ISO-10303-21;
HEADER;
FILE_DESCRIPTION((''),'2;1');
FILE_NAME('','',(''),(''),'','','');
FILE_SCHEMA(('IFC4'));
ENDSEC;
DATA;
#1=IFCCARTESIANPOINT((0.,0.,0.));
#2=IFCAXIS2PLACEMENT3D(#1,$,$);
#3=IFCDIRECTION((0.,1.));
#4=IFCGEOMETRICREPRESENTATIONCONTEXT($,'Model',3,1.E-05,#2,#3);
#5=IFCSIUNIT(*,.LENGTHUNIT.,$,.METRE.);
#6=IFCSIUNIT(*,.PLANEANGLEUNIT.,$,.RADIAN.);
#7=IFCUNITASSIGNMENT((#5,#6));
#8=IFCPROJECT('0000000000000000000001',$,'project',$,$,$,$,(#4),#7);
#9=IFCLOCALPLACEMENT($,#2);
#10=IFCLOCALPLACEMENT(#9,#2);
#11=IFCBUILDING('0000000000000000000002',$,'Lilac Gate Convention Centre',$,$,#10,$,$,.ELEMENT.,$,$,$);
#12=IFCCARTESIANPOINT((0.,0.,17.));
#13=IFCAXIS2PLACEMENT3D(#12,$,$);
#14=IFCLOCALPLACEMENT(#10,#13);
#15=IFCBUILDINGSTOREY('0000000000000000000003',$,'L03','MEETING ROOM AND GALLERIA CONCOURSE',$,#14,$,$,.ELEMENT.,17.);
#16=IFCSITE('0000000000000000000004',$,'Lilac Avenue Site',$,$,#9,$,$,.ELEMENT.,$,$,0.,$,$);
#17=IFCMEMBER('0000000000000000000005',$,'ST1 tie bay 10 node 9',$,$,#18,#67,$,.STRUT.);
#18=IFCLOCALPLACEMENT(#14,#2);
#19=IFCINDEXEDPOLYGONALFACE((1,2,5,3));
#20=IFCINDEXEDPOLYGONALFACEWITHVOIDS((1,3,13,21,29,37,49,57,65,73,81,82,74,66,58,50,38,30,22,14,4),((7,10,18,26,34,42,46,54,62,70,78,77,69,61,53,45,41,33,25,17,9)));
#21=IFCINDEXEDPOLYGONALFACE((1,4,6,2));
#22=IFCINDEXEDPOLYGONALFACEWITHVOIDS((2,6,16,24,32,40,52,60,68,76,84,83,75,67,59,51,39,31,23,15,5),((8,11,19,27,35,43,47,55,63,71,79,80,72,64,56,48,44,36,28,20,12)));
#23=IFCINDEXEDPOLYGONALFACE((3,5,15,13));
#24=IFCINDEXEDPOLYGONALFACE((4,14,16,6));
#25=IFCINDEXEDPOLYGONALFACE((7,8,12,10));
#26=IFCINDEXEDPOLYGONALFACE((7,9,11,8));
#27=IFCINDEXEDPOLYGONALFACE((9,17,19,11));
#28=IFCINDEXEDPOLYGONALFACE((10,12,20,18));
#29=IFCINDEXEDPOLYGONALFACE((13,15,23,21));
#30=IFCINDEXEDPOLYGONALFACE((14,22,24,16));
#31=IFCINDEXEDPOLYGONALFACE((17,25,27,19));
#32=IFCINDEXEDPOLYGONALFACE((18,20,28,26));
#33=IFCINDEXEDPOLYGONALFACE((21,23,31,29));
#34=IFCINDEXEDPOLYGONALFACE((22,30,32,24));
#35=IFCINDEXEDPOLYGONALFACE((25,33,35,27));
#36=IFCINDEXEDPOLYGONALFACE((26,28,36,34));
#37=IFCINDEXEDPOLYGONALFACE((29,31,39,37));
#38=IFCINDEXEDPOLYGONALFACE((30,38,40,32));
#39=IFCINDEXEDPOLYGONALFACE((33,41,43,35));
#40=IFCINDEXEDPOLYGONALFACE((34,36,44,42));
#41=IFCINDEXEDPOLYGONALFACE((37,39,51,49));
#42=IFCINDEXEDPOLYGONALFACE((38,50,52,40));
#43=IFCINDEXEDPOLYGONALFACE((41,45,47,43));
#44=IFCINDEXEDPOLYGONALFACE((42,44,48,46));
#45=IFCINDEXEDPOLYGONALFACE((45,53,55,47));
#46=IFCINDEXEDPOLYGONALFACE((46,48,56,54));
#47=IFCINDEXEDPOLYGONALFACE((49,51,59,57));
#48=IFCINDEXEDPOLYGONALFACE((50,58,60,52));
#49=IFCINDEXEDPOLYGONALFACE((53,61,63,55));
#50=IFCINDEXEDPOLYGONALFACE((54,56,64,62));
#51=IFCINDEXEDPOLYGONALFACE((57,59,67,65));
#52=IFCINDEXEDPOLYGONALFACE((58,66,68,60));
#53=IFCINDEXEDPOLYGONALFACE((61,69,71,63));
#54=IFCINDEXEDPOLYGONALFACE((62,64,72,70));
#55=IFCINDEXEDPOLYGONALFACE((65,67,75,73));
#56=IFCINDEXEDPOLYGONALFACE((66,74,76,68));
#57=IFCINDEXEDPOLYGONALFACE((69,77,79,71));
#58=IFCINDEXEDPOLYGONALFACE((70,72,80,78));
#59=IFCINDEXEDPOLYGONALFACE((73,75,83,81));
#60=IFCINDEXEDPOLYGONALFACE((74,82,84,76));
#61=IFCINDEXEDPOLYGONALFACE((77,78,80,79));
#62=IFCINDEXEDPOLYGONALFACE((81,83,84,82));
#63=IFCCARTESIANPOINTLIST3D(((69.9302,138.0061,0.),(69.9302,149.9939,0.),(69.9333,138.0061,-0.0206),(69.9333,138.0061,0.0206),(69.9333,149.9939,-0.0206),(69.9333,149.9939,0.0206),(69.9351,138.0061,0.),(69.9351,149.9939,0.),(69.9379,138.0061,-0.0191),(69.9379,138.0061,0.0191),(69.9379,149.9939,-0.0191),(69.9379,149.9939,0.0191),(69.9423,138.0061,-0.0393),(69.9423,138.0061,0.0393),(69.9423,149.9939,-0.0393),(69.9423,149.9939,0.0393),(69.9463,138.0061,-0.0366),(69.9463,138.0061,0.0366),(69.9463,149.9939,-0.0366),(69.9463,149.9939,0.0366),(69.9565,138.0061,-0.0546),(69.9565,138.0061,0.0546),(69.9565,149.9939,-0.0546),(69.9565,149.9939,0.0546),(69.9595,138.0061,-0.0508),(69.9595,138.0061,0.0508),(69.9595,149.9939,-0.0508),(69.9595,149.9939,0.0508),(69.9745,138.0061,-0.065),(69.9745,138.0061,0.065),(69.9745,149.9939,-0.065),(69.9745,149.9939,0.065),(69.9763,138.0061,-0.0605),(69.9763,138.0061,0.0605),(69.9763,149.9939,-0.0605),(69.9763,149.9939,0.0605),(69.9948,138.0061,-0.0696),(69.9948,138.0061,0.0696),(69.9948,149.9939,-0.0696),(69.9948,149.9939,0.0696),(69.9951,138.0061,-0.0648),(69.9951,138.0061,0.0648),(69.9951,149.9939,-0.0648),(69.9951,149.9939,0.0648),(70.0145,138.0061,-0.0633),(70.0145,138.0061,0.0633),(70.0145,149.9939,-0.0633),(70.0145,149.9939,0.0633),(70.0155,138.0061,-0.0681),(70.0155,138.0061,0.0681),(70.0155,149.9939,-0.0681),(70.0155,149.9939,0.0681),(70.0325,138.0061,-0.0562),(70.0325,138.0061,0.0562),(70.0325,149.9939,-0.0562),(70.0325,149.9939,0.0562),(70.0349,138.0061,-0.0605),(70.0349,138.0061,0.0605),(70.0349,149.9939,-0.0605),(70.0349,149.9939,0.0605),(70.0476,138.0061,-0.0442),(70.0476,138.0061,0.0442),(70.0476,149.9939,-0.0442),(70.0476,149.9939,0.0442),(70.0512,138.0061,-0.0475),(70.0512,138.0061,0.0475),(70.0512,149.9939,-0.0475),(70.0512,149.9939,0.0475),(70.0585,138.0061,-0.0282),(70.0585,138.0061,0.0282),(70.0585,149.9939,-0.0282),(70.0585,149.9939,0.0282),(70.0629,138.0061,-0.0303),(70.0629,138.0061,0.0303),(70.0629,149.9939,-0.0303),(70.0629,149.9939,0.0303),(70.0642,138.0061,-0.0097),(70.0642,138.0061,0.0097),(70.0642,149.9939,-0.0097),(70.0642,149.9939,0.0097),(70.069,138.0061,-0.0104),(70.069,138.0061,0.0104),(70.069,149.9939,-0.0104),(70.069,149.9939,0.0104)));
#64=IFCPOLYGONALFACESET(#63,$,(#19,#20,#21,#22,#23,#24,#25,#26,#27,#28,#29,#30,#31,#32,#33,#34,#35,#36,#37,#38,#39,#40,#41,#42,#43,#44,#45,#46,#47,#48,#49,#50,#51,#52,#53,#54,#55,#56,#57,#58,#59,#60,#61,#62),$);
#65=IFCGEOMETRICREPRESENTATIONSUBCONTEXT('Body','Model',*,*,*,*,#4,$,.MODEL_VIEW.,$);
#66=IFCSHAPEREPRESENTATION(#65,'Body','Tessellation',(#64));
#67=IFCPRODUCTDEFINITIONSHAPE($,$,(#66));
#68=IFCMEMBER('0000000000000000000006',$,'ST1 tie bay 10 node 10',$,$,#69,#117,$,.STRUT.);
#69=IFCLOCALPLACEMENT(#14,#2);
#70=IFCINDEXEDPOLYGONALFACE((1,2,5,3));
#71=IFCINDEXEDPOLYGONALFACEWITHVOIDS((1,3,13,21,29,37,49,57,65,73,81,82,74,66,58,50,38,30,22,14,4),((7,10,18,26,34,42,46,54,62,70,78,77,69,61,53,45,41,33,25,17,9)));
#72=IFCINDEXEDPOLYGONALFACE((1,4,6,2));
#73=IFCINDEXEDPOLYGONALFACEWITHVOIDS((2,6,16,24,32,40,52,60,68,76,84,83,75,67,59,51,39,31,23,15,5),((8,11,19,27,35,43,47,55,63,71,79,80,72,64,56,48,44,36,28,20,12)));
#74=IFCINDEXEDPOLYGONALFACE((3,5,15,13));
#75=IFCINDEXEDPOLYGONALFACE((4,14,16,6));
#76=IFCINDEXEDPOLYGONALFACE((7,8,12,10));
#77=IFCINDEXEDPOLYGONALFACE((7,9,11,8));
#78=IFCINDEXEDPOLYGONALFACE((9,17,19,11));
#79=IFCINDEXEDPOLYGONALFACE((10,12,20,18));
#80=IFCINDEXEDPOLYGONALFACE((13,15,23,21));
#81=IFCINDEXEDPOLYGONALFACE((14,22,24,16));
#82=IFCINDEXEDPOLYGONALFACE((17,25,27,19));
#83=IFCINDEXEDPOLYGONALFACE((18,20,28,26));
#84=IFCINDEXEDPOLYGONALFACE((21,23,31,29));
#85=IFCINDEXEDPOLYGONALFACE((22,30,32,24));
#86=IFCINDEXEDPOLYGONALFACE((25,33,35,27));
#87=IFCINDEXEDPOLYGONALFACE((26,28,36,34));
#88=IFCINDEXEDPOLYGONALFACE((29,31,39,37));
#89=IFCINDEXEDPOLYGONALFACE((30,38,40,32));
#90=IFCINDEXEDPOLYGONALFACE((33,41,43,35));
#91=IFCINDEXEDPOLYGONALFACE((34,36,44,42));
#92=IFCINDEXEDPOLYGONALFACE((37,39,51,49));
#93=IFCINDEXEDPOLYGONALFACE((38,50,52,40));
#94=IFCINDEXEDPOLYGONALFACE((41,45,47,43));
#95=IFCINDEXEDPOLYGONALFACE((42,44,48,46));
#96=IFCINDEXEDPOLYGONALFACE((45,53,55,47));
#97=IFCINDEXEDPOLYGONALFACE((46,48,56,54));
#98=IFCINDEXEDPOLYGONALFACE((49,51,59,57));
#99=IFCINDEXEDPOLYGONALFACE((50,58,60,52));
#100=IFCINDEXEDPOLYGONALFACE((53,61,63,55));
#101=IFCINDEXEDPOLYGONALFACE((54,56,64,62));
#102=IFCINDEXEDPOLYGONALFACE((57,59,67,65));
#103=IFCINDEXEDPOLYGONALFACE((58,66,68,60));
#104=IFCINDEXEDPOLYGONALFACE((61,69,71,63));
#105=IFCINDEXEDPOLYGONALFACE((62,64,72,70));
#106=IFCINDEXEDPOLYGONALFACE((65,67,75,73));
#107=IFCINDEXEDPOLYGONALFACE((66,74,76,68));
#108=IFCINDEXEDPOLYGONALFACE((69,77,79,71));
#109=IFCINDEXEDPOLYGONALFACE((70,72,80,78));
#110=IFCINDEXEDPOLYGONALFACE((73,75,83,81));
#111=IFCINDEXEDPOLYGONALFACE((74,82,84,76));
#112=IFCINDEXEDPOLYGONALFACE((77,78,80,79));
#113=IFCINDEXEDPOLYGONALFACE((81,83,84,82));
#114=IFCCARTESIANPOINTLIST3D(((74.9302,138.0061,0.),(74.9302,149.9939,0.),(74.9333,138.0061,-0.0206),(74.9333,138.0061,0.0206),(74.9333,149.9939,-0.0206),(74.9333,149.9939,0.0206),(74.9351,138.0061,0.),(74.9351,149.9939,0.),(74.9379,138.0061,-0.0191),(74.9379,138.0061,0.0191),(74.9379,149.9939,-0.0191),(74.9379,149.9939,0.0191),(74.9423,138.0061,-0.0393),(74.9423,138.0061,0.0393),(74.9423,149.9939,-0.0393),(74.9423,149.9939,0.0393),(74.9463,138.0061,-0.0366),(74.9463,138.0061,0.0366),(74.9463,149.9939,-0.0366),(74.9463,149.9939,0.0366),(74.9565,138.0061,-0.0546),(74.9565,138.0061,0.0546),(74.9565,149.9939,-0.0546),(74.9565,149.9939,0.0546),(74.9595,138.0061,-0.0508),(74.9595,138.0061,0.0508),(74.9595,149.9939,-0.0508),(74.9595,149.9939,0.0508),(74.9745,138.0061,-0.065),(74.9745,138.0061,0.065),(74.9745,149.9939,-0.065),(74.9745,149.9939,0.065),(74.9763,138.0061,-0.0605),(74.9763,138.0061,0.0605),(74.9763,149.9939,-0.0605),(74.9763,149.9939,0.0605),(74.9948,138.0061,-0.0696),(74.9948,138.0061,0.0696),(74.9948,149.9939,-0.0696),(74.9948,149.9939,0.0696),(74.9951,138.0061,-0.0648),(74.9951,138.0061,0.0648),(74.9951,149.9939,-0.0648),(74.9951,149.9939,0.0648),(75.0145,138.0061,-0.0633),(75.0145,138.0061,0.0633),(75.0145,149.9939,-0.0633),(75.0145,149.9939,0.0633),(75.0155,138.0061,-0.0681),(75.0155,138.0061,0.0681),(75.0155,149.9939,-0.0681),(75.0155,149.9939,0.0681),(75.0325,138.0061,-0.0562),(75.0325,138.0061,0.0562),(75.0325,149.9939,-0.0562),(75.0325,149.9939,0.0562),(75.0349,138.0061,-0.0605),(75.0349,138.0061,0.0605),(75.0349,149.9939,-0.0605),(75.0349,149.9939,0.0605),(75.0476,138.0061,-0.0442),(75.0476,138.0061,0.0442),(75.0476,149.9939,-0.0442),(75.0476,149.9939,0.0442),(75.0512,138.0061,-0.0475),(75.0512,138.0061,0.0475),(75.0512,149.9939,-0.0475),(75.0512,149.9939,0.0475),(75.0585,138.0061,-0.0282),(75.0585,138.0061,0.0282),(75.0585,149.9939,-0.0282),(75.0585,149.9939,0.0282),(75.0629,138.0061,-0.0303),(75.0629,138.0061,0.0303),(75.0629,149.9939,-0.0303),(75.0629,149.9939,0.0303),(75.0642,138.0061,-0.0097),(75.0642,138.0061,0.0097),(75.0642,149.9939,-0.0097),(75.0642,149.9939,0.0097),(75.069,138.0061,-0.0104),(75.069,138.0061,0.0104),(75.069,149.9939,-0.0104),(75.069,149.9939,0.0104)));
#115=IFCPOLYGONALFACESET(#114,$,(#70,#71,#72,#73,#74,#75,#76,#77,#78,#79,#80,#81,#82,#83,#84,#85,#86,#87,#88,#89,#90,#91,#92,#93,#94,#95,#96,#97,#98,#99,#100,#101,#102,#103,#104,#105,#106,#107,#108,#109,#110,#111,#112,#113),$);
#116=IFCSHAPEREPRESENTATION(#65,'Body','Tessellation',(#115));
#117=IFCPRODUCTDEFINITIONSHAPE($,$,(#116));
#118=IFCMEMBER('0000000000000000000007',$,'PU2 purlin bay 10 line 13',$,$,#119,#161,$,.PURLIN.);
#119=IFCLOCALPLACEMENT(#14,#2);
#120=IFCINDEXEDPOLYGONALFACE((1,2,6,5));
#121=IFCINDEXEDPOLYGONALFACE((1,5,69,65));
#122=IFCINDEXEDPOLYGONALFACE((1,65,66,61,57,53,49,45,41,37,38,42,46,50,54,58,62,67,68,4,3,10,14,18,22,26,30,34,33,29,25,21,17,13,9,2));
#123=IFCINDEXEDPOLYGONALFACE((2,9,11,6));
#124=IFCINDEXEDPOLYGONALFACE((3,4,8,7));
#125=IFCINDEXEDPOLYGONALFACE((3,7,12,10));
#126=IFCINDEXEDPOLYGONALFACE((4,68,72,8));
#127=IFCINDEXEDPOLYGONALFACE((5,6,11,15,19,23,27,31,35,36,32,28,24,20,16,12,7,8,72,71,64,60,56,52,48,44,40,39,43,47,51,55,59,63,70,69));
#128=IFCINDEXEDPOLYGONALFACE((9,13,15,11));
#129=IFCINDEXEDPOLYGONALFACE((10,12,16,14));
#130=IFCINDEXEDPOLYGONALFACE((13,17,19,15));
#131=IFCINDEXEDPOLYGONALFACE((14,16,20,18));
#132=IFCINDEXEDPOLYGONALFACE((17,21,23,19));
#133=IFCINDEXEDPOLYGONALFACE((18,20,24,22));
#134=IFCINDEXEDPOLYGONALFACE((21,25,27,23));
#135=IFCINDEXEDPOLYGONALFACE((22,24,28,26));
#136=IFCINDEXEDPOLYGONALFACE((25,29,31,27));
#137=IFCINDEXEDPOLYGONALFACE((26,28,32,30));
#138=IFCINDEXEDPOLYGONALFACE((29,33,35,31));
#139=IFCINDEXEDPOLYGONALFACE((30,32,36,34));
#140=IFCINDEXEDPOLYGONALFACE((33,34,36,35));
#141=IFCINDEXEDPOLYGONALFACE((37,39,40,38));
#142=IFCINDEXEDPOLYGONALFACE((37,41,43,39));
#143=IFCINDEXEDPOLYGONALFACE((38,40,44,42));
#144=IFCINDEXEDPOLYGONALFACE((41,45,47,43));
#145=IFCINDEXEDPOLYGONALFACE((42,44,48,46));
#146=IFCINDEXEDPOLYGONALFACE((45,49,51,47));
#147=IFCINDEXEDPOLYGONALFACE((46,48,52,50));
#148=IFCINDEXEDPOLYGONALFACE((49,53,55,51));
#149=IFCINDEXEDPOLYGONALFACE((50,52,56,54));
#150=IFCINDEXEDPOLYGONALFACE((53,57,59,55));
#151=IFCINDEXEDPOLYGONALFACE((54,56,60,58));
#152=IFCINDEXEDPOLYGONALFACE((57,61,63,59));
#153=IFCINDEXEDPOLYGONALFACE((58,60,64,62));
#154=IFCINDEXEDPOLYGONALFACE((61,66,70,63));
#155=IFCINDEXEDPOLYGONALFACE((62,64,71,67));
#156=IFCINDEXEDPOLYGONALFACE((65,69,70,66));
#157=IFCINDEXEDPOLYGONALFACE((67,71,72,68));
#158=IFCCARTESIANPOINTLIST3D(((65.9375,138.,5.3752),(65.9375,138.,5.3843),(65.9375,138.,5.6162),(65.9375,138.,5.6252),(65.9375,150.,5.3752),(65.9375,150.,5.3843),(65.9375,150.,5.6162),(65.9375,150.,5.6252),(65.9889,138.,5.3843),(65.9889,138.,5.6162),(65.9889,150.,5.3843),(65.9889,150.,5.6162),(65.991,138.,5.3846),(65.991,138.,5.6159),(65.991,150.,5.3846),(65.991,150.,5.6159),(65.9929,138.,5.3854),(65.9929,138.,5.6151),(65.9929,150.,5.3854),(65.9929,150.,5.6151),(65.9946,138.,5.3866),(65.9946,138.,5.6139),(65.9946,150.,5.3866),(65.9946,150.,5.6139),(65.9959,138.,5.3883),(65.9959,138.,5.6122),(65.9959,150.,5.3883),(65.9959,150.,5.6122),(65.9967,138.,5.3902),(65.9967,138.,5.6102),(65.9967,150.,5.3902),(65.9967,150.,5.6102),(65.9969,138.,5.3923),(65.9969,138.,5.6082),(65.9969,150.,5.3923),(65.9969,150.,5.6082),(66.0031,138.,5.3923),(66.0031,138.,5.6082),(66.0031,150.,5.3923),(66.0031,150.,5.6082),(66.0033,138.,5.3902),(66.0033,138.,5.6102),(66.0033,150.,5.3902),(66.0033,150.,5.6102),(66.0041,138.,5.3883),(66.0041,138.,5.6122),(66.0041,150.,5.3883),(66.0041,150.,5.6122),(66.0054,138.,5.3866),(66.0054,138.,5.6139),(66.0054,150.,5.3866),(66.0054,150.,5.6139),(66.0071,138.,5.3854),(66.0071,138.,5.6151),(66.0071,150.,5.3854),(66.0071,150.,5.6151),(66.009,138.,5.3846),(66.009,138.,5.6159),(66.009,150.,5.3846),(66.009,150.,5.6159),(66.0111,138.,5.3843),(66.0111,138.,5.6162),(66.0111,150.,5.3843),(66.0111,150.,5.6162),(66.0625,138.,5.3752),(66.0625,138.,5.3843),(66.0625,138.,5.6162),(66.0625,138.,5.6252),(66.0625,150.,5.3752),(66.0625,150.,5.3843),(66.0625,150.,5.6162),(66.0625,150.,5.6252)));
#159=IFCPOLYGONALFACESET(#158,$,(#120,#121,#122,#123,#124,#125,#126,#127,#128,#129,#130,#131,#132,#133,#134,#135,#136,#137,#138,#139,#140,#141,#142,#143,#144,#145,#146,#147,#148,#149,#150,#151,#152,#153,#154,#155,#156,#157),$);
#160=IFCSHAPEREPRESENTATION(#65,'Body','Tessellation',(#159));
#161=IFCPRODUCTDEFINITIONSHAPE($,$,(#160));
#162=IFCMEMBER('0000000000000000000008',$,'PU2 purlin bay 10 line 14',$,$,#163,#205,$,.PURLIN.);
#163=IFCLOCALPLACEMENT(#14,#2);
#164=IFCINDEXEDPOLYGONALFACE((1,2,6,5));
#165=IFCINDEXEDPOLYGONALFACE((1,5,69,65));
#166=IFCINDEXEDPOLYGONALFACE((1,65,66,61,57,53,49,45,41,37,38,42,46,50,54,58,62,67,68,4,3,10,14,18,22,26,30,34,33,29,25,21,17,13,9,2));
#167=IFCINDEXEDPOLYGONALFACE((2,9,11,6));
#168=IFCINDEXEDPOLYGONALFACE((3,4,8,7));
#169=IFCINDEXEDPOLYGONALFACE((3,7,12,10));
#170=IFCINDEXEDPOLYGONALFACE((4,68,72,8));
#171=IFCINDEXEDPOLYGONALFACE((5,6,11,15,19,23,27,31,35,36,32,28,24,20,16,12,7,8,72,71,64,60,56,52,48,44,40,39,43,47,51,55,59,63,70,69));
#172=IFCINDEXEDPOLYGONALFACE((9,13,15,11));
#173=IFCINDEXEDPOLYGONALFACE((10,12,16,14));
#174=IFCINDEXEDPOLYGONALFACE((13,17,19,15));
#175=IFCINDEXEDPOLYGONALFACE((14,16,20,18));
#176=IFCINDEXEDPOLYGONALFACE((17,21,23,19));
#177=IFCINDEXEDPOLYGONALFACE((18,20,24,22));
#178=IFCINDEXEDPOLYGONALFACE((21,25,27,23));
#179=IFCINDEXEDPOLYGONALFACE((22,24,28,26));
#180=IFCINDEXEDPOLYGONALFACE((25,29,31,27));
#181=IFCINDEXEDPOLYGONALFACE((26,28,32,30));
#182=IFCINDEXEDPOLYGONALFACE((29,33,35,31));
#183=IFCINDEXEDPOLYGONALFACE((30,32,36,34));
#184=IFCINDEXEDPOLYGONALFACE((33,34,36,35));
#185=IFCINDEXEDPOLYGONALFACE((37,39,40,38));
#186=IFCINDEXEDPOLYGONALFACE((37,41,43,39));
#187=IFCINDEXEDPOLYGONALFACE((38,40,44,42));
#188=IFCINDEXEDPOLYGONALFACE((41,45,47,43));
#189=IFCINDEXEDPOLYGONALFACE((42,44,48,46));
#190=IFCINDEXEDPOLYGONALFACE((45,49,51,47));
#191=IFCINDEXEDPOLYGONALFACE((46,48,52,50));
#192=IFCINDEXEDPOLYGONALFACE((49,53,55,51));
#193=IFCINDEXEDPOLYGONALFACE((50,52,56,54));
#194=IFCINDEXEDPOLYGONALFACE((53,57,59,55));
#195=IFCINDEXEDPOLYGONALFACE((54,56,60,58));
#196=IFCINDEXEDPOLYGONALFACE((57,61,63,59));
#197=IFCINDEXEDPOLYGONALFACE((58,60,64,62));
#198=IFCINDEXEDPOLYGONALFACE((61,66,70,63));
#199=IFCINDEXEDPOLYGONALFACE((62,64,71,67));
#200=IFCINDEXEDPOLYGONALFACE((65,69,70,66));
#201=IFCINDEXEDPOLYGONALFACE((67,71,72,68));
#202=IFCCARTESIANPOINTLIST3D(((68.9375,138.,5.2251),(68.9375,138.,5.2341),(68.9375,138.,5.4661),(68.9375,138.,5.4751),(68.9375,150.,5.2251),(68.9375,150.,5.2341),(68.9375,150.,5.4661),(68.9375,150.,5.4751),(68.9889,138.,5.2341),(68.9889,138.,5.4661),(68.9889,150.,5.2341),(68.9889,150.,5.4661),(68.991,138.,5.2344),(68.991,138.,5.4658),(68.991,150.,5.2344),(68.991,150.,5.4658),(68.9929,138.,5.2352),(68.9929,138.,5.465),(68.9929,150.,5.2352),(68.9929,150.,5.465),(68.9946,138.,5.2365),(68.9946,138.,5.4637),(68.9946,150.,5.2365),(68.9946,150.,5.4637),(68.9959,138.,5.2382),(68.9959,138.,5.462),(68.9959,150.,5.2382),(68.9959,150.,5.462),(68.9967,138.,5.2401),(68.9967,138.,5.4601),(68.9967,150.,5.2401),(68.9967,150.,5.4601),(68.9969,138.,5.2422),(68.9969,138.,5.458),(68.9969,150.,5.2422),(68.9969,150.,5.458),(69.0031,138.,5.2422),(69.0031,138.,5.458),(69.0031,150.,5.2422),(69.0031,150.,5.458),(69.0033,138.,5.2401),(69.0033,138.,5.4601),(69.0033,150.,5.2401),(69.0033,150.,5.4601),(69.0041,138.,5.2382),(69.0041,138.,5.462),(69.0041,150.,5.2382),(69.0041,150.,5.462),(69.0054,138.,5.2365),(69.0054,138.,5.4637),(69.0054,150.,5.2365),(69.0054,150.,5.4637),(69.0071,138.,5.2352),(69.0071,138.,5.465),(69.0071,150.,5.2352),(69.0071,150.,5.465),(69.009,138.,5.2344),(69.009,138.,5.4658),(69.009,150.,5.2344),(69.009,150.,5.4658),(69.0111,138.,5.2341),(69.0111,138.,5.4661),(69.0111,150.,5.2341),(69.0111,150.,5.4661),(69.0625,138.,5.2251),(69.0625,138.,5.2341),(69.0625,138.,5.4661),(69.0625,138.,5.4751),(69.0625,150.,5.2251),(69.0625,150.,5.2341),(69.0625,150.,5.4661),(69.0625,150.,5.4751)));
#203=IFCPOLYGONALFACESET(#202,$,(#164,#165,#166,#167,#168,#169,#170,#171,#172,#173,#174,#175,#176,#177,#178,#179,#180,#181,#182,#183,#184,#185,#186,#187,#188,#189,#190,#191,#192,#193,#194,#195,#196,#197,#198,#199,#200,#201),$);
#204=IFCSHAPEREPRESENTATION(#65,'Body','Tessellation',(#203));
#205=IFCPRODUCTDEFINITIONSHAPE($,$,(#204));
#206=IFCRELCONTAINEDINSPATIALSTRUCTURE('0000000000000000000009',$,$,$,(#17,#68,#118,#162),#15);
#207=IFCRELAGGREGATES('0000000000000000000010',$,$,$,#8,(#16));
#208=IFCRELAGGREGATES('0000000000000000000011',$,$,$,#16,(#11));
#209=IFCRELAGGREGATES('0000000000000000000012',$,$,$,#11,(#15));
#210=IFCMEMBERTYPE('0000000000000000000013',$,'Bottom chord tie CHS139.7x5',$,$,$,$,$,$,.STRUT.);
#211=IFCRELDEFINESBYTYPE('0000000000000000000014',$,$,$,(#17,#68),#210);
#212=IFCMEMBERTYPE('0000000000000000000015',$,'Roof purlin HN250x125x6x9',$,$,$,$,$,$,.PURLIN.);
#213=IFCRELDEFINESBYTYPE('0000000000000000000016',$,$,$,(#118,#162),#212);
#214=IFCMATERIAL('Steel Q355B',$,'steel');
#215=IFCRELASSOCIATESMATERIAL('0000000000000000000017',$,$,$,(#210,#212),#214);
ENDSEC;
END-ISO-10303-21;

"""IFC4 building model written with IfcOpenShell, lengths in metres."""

from ifc_helpers import new_model, si_unit, direction, frame, origin, origin_2d, place, context, subcontext, project, spatial, hollow_circle, i_section, extrude, material, material_profile, profile_set, type_object, element, save


model = new_model("IFC4")

# Units and contexts
model_context = context("Model", 3, precision=1e-05, world=origin(), true_north=direction((0.0, 1.0)))
body_context = subcontext(model_context, "Body", "Model", "MODEL_VIEW")
ifc_project = project(units=[si_unit("LENGTHUNIT", "METRE"), si_unit("PLANEANGLEUNIT", "RADIAN")], contexts=[model_context])

# Site, building, storey
site_placement = place(None, origin())
site = spatial("IfcSite", under=ifc_project, at=site_placement, Name="Lilac Avenue Site", CompositionType="ELEMENT", RefElevation=0.0)
building_placement = place(site_placement, origin())
building = spatial("IfcBuilding", under=site, at=building_placement, Name="Lilac Gate Convention Centre", CompositionType="ELEMENT")
storey_placement = place(building_placement, frame((0.0, 0.0, 17.0)))
storey = spatial("IfcBuildingStorey", under=building, at=storey_placement, Name="L03", Description="MEETING ROOM AND GALLERIA CONCOURSE", CompositionType="ELEMENT", Elevation=17.0)

# Members
ifc_material = material(Name="Steel Q355B", Category="steel")
ifc_material_profile_1 = material_profile(ifc_material, hollow_circle(Radius=0.0698, WallThickness=0.0049, at=origin_2d()), Name="CHS139.7x5")
ifc_profile_set_1 = profile_set([ifc_material_profile_1], Name="Steel Q355B")
member_type_1 = type_object("IfcMemberType", Name="Bottom chord tie CHS139.7x5", PredefinedType="STRUT", material=ifc_profile_set_1)
for number, where, z_axis, x_axis, name in (
    (1, (70.0, 138.0061, 0.0), (0.0, 1.0, 0.0), (-1.0, 0.0, 0.0), "ST1 tie bay 10 node 9"),
    (2, (75.0, 138.0061, 0.0), (0.0, 1.0, 0.0), (-1.0, 0.0, 0.0), "ST1 tie bay 10 node 10"),
):
    element("IfcMember", number, at=place(storey_placement, frame(where, z_axis=z_axis, x_axis=x_axis)), inside=storey, type_object=member_type_1, Name=name, PredefinedType="STRUT", context=body_context, shape_type="SweptSolid", body=[
        extrude(hollow_circle(Radius=0.0698, WallThickness=0.0049, at=origin_2d()), origin(), (0.0, 0.0, 1.0), 11.9878),
    ])
ifc_material_profile_2 = material_profile(ifc_material, i_section(OverallWidth=0.125, OverallDepth=0.25, WebThickness=0.0061, FlangeThickness=0.009, FilletRadius=0.0081, at=origin_2d()), Name="HN250x125x6x9")
ifc_profile_set_2 = profile_set([ifc_material_profile_2], Name="Steel Q355B")
member_type_2 = type_object("IfcMemberType", Name="Roof purlin HN250x125x6x9", PredefinedType="PURLIN", material=ifc_profile_set_2)
for number, where, z_axis, x_axis, name in (
    (3, (66.0, 138.0, 5.5002), (0.0, 1.0, 0.0), (-1.0, 0.0, 0.0), "PU2 purlin bay 10 line 13"),
    (4, (69.0, 138.0, 5.3501), (0.0, 1.0, 0.0), (-1.0, 0.0, 0.0), "PU2 purlin bay 10 line 14"),
):
    element("IfcMember", number, at=place(storey_placement, frame(where, z_axis=z_axis, x_axis=x_axis)), inside=storey, type_object=member_type_2, Name=name, PredefinedType="PURLIN", context=body_context, shape_type="SweptSolid", body=[
        extrude(i_section(OverallWidth=0.125, OverallDepth=0.25, WebThickness=0.0061, FlangeThickness=0.009, FilletRadius=0.0081, at=origin_2d()), origin(), (0.0, 0.0, 1.0), 12.0),
    ])

save(model, "model.ifc")
